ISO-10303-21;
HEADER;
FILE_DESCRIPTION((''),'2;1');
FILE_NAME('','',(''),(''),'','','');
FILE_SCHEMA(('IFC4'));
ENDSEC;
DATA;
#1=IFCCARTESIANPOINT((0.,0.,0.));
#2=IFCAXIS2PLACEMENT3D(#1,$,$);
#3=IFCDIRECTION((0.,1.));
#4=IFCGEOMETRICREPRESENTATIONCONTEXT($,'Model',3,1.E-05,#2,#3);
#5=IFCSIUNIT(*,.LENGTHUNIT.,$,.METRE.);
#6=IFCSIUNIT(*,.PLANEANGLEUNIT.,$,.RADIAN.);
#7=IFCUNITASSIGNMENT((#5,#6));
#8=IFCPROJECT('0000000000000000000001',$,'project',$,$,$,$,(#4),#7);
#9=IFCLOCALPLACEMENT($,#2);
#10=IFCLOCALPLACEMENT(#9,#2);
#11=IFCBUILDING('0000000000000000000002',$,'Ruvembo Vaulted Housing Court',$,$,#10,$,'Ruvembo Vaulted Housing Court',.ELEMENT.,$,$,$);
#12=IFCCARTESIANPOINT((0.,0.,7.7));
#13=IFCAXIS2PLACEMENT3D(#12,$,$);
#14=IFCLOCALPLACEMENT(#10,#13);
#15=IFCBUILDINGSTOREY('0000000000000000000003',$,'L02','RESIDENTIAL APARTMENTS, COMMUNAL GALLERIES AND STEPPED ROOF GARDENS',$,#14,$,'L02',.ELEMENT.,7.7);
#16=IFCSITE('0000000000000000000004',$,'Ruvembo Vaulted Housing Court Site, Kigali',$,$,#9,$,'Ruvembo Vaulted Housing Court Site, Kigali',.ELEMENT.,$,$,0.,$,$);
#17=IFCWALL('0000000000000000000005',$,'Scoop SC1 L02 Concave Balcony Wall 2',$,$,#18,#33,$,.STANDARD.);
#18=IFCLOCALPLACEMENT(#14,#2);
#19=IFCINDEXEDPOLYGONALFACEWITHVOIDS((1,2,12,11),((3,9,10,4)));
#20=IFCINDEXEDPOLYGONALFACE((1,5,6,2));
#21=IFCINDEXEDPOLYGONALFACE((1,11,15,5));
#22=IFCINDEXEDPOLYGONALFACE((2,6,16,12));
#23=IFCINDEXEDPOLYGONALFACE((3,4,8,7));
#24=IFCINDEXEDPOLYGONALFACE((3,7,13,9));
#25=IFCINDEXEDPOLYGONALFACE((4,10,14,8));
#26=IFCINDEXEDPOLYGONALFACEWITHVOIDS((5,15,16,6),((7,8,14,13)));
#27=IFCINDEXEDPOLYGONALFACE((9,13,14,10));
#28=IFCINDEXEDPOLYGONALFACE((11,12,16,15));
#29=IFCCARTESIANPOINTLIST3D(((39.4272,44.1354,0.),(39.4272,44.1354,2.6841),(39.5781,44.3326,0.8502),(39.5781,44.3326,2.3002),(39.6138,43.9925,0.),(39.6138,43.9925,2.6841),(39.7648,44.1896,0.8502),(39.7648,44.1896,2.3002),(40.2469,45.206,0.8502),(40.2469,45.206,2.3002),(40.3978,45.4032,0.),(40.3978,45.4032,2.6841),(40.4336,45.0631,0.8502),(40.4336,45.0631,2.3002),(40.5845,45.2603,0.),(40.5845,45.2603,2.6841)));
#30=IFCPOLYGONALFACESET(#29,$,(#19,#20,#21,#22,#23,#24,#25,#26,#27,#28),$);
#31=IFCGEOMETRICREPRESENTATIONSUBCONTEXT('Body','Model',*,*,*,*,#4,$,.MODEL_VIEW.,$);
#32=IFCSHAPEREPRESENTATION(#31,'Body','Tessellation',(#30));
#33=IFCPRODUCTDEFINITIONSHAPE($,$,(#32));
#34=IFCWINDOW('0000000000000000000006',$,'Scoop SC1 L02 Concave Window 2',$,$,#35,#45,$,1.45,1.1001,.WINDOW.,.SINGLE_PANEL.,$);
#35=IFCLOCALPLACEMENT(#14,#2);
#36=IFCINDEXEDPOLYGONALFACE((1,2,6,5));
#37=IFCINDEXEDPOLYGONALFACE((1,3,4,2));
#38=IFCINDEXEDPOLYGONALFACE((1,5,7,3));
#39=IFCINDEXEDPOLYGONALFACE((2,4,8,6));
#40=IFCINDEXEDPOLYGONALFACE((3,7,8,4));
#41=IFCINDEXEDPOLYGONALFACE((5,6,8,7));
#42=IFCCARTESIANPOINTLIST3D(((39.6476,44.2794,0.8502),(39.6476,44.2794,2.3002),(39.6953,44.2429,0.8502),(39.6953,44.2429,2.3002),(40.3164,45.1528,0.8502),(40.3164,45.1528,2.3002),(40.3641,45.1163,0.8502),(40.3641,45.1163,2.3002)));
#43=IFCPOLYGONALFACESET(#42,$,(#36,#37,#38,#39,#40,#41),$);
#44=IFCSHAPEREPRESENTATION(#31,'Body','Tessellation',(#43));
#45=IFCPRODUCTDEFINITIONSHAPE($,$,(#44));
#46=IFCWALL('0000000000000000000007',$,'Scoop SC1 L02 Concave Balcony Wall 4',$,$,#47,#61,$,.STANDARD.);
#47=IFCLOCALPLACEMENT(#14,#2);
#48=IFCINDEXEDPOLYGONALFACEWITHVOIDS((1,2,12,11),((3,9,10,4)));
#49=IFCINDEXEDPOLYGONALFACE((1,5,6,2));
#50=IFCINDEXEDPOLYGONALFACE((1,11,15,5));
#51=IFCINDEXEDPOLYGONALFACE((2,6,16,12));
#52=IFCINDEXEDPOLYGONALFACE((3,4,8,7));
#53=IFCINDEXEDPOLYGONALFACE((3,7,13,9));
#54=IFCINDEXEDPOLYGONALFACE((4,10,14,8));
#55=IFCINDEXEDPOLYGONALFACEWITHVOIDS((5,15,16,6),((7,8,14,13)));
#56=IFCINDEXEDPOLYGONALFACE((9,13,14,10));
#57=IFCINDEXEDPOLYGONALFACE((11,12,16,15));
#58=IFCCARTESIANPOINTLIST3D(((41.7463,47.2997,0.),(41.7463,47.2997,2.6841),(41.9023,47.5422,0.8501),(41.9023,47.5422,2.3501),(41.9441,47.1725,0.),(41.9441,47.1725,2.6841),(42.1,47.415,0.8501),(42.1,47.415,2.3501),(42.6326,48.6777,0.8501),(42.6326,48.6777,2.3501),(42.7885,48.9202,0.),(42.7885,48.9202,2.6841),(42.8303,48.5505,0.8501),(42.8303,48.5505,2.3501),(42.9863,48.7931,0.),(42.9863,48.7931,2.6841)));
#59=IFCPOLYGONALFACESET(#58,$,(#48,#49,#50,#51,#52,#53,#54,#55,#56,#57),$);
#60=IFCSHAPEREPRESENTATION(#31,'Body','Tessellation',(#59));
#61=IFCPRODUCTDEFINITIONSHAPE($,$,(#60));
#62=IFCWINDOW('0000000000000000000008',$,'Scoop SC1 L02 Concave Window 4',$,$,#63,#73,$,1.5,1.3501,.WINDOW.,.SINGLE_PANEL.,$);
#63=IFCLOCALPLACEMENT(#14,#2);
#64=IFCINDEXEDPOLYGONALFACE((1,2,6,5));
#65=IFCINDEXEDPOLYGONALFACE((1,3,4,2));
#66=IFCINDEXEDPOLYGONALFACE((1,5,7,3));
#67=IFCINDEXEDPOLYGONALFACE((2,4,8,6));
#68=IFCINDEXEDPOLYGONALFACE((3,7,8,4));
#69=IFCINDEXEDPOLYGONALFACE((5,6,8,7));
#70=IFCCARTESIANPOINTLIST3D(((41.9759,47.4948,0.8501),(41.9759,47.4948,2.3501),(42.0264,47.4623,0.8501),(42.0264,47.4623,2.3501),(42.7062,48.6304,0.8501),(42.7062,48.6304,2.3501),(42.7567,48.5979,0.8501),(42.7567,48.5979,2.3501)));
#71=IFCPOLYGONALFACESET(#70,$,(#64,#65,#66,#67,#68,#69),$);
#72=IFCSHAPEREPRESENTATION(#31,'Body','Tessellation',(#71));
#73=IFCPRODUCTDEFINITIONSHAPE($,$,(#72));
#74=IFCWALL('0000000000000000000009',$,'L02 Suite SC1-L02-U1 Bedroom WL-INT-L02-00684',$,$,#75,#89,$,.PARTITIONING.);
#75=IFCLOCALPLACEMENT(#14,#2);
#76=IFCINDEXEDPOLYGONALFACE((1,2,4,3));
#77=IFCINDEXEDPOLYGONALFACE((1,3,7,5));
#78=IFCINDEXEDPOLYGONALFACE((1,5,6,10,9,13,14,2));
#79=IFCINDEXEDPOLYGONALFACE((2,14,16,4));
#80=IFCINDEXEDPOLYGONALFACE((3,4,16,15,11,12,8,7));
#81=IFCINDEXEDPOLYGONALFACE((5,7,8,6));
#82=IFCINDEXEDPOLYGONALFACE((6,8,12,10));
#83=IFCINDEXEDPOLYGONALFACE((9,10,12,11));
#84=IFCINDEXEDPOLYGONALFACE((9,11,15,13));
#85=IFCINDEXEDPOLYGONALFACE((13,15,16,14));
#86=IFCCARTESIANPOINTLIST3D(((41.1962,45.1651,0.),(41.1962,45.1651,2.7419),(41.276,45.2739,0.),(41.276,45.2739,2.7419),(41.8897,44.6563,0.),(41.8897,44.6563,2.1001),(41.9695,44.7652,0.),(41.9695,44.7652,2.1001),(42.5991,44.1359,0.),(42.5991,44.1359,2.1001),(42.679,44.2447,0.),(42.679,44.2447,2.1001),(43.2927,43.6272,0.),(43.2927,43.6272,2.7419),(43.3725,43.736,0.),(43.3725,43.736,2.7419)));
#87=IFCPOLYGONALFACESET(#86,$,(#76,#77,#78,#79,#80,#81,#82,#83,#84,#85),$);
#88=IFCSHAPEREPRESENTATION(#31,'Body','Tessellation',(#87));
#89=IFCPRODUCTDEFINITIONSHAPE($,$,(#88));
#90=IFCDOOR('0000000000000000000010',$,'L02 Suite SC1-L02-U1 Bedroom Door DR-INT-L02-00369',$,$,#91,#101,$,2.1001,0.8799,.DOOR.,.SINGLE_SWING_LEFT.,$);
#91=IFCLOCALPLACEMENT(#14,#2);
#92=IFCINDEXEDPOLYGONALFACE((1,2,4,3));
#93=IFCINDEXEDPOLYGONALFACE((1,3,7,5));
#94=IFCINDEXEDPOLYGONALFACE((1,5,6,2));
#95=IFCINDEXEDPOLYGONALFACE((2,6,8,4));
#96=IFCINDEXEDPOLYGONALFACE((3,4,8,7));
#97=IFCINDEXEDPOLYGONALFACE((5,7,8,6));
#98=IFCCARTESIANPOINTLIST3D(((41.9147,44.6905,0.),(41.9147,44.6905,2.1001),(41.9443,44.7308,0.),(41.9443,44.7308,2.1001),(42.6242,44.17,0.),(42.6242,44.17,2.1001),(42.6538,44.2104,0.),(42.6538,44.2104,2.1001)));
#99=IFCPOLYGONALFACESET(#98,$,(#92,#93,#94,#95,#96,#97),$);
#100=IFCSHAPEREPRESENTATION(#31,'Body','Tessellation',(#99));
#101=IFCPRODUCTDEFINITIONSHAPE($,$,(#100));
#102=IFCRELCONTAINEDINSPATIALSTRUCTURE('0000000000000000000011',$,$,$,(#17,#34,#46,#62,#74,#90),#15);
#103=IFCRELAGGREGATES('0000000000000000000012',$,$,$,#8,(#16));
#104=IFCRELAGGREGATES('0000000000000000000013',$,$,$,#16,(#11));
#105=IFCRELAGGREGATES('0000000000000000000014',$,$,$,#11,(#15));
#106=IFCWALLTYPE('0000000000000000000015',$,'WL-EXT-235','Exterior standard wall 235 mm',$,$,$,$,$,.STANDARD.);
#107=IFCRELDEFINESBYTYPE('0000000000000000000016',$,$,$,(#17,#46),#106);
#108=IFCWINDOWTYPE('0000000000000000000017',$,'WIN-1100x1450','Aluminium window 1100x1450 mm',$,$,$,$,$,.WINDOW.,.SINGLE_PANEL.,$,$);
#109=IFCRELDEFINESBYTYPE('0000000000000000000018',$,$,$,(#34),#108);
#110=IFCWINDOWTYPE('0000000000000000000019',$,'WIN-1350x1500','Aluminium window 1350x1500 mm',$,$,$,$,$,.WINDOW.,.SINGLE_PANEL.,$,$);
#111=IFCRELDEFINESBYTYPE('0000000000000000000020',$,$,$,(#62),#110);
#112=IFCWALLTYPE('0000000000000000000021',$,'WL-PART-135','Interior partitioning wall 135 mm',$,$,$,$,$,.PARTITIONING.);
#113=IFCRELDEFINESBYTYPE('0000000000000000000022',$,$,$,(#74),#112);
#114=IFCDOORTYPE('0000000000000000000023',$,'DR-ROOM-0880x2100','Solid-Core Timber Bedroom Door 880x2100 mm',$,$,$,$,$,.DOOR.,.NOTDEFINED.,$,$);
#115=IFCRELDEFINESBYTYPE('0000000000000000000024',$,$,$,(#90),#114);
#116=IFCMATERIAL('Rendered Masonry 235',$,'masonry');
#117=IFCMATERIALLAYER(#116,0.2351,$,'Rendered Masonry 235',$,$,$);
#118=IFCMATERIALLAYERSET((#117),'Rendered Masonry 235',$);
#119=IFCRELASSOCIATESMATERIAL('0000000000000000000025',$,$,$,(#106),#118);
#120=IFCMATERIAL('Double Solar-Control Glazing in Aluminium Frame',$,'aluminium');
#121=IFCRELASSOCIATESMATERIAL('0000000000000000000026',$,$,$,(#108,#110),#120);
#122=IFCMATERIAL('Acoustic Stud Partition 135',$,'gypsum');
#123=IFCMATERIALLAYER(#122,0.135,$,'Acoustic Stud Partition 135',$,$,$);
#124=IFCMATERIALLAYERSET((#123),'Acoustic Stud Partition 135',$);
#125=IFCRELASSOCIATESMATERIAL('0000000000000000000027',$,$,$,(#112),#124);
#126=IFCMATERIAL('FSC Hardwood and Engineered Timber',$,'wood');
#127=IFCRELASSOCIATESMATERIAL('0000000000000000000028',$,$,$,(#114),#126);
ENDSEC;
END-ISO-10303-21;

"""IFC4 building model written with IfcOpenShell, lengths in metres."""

from ifc_helpers import new_model, si_unit, direction, frame, frame_2d, origin, place, context, subcontext, project, spatial, rectangle, extrude, material, layer, layer_set, type_object, element, fill, save


model = new_model("IFC4")

# Units and contexts
model_context = context("Model", 3, precision=1e-05, world=origin(), true_north=direction((0.0, 1.0)))
body_context = subcontext(model_context, "Body", "Model", "MODEL_VIEW")
ifc_project = project(units=[si_unit("LENGTHUNIT", "METRE"), si_unit("PLANEANGLEUNIT", "RADIAN")], contexts=[model_context])

# Site, building, storey
site_placement = place(None, origin())
site = spatial("IfcSite", under=ifc_project, at=site_placement, Name="Ruvembo Vaulted Housing Court Site, Kigali", LongName="Ruvembo Vaulted Housing Court Site, Kigali", CompositionType="ELEMENT", RefElevation=0.0)
building_placement = place(site_placement, origin())
building = spatial("IfcBuilding", under=site, at=building_placement, Name="Ruvembo Vaulted Housing Court", LongName="Ruvembo Vaulted Housing Court", CompositionType="ELEMENT")
storey_placement = place(building_placement, frame((0.0, 0.0, 7.7)))
storey = spatial("IfcBuildingStorey", under=building, at=storey_placement, Name="L02", Description="RESIDENTIAL APARTMENTS, COMMUNAL GALLERIES AND STEPPED ROOF GARDENS", LongName="L02", CompositionType="ELEMENT", Elevation=7.7)

# Wall, opening, window
ifc_material_1 = material(Name="Rendered Masonry 235", Category="masonry")
ifc_layer_1 = layer(ifc_material_1, 0.2351, Name="Rendered Masonry 235")
ifc_layer_set_1 = layer_set([ifc_layer_1], Name="Rendered Masonry 235")
wall_type_1 = type_object("IfcWallType", Name="WL-EXT-235", Description="Exterior standard wall 235 mm", PredefinedType="STANDARD", material=ifc_layer_set_1)
ifc_material_2 = material(Name="Double Solar-Control Glazing in Aluminium Frame", Category="aluminium")
wall_1_placement = place(storey_placement, frame((39.5205, 44.064, 0.0), z_axis=(0.0, 0.0, 1.0), x_axis=(0.607921, 0.793997, 0.0)))
wall_1 = element("IfcWall", 1, at=wall_1_placement, inside=storey, type_object=wall_type_1, Name="Scoop SC1 L02 Concave Balcony Wall 2", PredefinedType="STANDARD", context=body_context, shape_type="SweptSolid", body=[
    extrude(rectangle(XDim=1.5967, YDim=0.2351, at=frame_2d((0.7983, 0.0))), origin(), (0.0, 0.0, 1.0), 2.6841),
])
opening_1_placement = place(wall_1_placement, frame((0.2483, 0.0, 0.8501)))
opening_1 = element("IfcOpeningElement", 2, at=opening_1_placement, cuts=wall_1, PredefinedType="OPENING", context=body_context, shape_type="SweptSolid", body=[
    extrude(rectangle(XDim=1.1001, YDim=1.45, at=frame_2d((0.55, 0.7251))), frame((0.0, 0.1274, 0.0), z_axis=(0.0, -1.0, 0.0), x_axis=(1.0, 0.0, 0.0)), (0.0, 0.0, 1.0), 0.2551),
])
window_type_1 = type_object("IfcWindowType", Name="WIN-1100x1450", Description="Aluminium window 1100x1450 mm", PartitioningType="SINGLE_PANEL", PredefinedType="WINDOW", material=ifc_material_2)
window_1_placement = place(opening_1_placement, origin())
window_1 = element("IfcWindow", 3, at=window_1_placement, inside=storey, type_object=window_type_1, Name="Scoop SC1 L02 Concave Window 2", OverallHeight=1.45, OverallWidth=1.1001, PartitioningType="SINGLE_PANEL", PredefinedType="WINDOW", context=body_context, shape_type="SweptSolid", body=[
    extrude(rectangle(XDim=1.1001, YDim=1.45, at=frame_2d((0.55, 0.7251))), frame((0.0, 0.03, 0.0), z_axis=(0.0, -1.0, 0.0), x_axis=(1.0, 0.0, 0.0)), (0.0, 0.0, 1.0), 0.0601),
])
fill(opening_1, window_1)

# Wall, opening, window
wall_2_placement = place(storey_placement, frame((41.8452, 47.2361, 0.0), z_axis=(0.0, 0.0, 1.0), x_axis=(0.540911, 0.84108, 0.0)))
wall_2 = element("IfcWall", 4, at=wall_2_placement, inside=storey, type_object=wall_type_1, Name="Scoop SC1 L02 Concave Balcony Wall 4", PredefinedType="STANDARD", context=body_context, shape_type="SweptSolid", body=[
    extrude(rectangle(XDim=1.9268, YDim=0.2351, at=frame_2d((0.9634, 0.0))), origin(), (0.0, 0.0, 1.0), 2.6841),
])
opening_2_placement = place(wall_2_placement, frame((0.2883, 0.0, 0.8501)))
opening_2 = element("IfcOpeningElement", 5, at=opening_2_placement, cuts=wall_2, PredefinedType="OPENING", context=body_context, shape_type="SweptSolid", body=[
    extrude(rectangle(XDim=1.3501, YDim=1.5, at=frame_2d((0.675, 0.75))), frame((0.0, 0.1274, 0.0), z_axis=(0.0, -1.0, 0.0), x_axis=(1.0, 0.0, 0.0)), (0.0, 0.0, 1.0), 0.2551),
])
window_type_2 = type_object("IfcWindowType", Name="WIN-1350x1500", Description="Aluminium window 1350x1500 mm", PartitioningType="SINGLE_PANEL", PredefinedType="WINDOW", material=ifc_material_2)
window_2_placement = place(opening_2_placement, origin())
window_2 = element("IfcWindow", 6, at=window_2_placement, inside=storey, type_object=window_type_2, Name="Scoop SC1 L02 Concave Window 4", OverallHeight=1.5, OverallWidth=1.3501, PartitioningType="SINGLE_PANEL", PredefinedType="WINDOW", context=body_context, shape_type="SweptSolid", body=[
    extrude(rectangle(XDim=1.3501, YDim=1.5, at=frame_2d((0.675, 0.75))), frame((0.0, 0.03, 0.0), z_axis=(0.0, -1.0, 0.0), x_axis=(1.0, 0.0, 0.0)), (0.0, 0.0, 1.0), 0.0601),
])
fill(opening_2, window_2)

# Wall, opening, door
ifc_material_3 = material(Name="Acoustic Stud Partition 135", Category="gypsum")
ifc_layer_2 = layer(ifc_material_3, 0.135, Name="Acoustic Stud Partition 135")
ifc_layer_set_2 = layer_set([ifc_layer_2], Name="Acoustic Stud Partition 135")
wall_type_2 = type_object("IfcWallType", Name="WL-PART-135", Description="Interior partitioning wall 135 mm", PredefinedType="PARTITIONING", material=ifc_layer_set_2)
wall_3_placement = place(storey_placement, frame((41.2361, 45.2195, 0.0), z_axis=(0.0, 0.0, 1.0), x_axis=(0.806321, -0.591478, 0.0)))
wall_3 = element("IfcWall", 7, at=wall_3_placement, inside=storey, type_object=wall_type_2, Name="L02 Suite SC1-L02-U1 Bedroom WL-INT-L02-00684", PredefinedType="PARTITIONING", context=body_context, shape_type="SweptSolid", body=[
    extrude(rectangle(XDim=2.6001, YDim=0.135, at=frame_2d((1.3, 0.0))), origin(), (0.0, 0.0, 1.0), 2.7419),
])
opening_3_placement = place(wall_3_placement, frame((0.8601, 0.0, 0.0)))
opening_3 = element("IfcOpeningElement", 8, at=opening_3_placement, cuts=wall_3, PredefinedType="OPENING", context=body_context, shape_type="SweptSolid", body=[
    extrude(rectangle(XDim=0.8799, YDim=2.1001, at=frame_2d((0.4399, 1.05))), frame((0.0, 0.0774, 0.0), z_axis=(0.0, -1.0, 0.0), x_axis=(1.0, 0.0, 0.0)), (0.0, 0.0, 1.0), 0.155),
])
ifc_material_4 = material(Name="FSC Hardwood and Engineered Timber", Category="wood")
door_type_1 = type_object("IfcDoorType", Name="DR-ROOM-0880x2100", Description="Solid-Core Timber Bedroom Door 880x2100 mm", OperationType="NOTDEFINED", PredefinedType="DOOR", material=ifc_material_4)
door_1_placement = place(opening_3_placement, origin())
door_1 = element("IfcDoor", 9, at=door_1_placement, inside=storey, type_object=door_type_1, Name="L02 Suite SC1-L02-U1 Bedroom Door DR-INT-L02-00369", OperationType="SINGLE_SWING_LEFT", OverallHeight=2.1001, OverallWidth=0.8799, PredefinedType="DOOR", context=body_context, shape_type="SweptSolid", body=[
    extrude(rectangle(XDim=0.8799, YDim=2.1001, at=frame_2d((0.4399, 1.05))), frame((0.0, 0.0249, 0.0), z_axis=(0.0, -1.0, 0.0), x_axis=(1.0, 0.0, 0.0)), (0.0, 0.0, 1.0), 0.05),
])
fill(opening_3, door_1)

save(model, "model.ifc")
